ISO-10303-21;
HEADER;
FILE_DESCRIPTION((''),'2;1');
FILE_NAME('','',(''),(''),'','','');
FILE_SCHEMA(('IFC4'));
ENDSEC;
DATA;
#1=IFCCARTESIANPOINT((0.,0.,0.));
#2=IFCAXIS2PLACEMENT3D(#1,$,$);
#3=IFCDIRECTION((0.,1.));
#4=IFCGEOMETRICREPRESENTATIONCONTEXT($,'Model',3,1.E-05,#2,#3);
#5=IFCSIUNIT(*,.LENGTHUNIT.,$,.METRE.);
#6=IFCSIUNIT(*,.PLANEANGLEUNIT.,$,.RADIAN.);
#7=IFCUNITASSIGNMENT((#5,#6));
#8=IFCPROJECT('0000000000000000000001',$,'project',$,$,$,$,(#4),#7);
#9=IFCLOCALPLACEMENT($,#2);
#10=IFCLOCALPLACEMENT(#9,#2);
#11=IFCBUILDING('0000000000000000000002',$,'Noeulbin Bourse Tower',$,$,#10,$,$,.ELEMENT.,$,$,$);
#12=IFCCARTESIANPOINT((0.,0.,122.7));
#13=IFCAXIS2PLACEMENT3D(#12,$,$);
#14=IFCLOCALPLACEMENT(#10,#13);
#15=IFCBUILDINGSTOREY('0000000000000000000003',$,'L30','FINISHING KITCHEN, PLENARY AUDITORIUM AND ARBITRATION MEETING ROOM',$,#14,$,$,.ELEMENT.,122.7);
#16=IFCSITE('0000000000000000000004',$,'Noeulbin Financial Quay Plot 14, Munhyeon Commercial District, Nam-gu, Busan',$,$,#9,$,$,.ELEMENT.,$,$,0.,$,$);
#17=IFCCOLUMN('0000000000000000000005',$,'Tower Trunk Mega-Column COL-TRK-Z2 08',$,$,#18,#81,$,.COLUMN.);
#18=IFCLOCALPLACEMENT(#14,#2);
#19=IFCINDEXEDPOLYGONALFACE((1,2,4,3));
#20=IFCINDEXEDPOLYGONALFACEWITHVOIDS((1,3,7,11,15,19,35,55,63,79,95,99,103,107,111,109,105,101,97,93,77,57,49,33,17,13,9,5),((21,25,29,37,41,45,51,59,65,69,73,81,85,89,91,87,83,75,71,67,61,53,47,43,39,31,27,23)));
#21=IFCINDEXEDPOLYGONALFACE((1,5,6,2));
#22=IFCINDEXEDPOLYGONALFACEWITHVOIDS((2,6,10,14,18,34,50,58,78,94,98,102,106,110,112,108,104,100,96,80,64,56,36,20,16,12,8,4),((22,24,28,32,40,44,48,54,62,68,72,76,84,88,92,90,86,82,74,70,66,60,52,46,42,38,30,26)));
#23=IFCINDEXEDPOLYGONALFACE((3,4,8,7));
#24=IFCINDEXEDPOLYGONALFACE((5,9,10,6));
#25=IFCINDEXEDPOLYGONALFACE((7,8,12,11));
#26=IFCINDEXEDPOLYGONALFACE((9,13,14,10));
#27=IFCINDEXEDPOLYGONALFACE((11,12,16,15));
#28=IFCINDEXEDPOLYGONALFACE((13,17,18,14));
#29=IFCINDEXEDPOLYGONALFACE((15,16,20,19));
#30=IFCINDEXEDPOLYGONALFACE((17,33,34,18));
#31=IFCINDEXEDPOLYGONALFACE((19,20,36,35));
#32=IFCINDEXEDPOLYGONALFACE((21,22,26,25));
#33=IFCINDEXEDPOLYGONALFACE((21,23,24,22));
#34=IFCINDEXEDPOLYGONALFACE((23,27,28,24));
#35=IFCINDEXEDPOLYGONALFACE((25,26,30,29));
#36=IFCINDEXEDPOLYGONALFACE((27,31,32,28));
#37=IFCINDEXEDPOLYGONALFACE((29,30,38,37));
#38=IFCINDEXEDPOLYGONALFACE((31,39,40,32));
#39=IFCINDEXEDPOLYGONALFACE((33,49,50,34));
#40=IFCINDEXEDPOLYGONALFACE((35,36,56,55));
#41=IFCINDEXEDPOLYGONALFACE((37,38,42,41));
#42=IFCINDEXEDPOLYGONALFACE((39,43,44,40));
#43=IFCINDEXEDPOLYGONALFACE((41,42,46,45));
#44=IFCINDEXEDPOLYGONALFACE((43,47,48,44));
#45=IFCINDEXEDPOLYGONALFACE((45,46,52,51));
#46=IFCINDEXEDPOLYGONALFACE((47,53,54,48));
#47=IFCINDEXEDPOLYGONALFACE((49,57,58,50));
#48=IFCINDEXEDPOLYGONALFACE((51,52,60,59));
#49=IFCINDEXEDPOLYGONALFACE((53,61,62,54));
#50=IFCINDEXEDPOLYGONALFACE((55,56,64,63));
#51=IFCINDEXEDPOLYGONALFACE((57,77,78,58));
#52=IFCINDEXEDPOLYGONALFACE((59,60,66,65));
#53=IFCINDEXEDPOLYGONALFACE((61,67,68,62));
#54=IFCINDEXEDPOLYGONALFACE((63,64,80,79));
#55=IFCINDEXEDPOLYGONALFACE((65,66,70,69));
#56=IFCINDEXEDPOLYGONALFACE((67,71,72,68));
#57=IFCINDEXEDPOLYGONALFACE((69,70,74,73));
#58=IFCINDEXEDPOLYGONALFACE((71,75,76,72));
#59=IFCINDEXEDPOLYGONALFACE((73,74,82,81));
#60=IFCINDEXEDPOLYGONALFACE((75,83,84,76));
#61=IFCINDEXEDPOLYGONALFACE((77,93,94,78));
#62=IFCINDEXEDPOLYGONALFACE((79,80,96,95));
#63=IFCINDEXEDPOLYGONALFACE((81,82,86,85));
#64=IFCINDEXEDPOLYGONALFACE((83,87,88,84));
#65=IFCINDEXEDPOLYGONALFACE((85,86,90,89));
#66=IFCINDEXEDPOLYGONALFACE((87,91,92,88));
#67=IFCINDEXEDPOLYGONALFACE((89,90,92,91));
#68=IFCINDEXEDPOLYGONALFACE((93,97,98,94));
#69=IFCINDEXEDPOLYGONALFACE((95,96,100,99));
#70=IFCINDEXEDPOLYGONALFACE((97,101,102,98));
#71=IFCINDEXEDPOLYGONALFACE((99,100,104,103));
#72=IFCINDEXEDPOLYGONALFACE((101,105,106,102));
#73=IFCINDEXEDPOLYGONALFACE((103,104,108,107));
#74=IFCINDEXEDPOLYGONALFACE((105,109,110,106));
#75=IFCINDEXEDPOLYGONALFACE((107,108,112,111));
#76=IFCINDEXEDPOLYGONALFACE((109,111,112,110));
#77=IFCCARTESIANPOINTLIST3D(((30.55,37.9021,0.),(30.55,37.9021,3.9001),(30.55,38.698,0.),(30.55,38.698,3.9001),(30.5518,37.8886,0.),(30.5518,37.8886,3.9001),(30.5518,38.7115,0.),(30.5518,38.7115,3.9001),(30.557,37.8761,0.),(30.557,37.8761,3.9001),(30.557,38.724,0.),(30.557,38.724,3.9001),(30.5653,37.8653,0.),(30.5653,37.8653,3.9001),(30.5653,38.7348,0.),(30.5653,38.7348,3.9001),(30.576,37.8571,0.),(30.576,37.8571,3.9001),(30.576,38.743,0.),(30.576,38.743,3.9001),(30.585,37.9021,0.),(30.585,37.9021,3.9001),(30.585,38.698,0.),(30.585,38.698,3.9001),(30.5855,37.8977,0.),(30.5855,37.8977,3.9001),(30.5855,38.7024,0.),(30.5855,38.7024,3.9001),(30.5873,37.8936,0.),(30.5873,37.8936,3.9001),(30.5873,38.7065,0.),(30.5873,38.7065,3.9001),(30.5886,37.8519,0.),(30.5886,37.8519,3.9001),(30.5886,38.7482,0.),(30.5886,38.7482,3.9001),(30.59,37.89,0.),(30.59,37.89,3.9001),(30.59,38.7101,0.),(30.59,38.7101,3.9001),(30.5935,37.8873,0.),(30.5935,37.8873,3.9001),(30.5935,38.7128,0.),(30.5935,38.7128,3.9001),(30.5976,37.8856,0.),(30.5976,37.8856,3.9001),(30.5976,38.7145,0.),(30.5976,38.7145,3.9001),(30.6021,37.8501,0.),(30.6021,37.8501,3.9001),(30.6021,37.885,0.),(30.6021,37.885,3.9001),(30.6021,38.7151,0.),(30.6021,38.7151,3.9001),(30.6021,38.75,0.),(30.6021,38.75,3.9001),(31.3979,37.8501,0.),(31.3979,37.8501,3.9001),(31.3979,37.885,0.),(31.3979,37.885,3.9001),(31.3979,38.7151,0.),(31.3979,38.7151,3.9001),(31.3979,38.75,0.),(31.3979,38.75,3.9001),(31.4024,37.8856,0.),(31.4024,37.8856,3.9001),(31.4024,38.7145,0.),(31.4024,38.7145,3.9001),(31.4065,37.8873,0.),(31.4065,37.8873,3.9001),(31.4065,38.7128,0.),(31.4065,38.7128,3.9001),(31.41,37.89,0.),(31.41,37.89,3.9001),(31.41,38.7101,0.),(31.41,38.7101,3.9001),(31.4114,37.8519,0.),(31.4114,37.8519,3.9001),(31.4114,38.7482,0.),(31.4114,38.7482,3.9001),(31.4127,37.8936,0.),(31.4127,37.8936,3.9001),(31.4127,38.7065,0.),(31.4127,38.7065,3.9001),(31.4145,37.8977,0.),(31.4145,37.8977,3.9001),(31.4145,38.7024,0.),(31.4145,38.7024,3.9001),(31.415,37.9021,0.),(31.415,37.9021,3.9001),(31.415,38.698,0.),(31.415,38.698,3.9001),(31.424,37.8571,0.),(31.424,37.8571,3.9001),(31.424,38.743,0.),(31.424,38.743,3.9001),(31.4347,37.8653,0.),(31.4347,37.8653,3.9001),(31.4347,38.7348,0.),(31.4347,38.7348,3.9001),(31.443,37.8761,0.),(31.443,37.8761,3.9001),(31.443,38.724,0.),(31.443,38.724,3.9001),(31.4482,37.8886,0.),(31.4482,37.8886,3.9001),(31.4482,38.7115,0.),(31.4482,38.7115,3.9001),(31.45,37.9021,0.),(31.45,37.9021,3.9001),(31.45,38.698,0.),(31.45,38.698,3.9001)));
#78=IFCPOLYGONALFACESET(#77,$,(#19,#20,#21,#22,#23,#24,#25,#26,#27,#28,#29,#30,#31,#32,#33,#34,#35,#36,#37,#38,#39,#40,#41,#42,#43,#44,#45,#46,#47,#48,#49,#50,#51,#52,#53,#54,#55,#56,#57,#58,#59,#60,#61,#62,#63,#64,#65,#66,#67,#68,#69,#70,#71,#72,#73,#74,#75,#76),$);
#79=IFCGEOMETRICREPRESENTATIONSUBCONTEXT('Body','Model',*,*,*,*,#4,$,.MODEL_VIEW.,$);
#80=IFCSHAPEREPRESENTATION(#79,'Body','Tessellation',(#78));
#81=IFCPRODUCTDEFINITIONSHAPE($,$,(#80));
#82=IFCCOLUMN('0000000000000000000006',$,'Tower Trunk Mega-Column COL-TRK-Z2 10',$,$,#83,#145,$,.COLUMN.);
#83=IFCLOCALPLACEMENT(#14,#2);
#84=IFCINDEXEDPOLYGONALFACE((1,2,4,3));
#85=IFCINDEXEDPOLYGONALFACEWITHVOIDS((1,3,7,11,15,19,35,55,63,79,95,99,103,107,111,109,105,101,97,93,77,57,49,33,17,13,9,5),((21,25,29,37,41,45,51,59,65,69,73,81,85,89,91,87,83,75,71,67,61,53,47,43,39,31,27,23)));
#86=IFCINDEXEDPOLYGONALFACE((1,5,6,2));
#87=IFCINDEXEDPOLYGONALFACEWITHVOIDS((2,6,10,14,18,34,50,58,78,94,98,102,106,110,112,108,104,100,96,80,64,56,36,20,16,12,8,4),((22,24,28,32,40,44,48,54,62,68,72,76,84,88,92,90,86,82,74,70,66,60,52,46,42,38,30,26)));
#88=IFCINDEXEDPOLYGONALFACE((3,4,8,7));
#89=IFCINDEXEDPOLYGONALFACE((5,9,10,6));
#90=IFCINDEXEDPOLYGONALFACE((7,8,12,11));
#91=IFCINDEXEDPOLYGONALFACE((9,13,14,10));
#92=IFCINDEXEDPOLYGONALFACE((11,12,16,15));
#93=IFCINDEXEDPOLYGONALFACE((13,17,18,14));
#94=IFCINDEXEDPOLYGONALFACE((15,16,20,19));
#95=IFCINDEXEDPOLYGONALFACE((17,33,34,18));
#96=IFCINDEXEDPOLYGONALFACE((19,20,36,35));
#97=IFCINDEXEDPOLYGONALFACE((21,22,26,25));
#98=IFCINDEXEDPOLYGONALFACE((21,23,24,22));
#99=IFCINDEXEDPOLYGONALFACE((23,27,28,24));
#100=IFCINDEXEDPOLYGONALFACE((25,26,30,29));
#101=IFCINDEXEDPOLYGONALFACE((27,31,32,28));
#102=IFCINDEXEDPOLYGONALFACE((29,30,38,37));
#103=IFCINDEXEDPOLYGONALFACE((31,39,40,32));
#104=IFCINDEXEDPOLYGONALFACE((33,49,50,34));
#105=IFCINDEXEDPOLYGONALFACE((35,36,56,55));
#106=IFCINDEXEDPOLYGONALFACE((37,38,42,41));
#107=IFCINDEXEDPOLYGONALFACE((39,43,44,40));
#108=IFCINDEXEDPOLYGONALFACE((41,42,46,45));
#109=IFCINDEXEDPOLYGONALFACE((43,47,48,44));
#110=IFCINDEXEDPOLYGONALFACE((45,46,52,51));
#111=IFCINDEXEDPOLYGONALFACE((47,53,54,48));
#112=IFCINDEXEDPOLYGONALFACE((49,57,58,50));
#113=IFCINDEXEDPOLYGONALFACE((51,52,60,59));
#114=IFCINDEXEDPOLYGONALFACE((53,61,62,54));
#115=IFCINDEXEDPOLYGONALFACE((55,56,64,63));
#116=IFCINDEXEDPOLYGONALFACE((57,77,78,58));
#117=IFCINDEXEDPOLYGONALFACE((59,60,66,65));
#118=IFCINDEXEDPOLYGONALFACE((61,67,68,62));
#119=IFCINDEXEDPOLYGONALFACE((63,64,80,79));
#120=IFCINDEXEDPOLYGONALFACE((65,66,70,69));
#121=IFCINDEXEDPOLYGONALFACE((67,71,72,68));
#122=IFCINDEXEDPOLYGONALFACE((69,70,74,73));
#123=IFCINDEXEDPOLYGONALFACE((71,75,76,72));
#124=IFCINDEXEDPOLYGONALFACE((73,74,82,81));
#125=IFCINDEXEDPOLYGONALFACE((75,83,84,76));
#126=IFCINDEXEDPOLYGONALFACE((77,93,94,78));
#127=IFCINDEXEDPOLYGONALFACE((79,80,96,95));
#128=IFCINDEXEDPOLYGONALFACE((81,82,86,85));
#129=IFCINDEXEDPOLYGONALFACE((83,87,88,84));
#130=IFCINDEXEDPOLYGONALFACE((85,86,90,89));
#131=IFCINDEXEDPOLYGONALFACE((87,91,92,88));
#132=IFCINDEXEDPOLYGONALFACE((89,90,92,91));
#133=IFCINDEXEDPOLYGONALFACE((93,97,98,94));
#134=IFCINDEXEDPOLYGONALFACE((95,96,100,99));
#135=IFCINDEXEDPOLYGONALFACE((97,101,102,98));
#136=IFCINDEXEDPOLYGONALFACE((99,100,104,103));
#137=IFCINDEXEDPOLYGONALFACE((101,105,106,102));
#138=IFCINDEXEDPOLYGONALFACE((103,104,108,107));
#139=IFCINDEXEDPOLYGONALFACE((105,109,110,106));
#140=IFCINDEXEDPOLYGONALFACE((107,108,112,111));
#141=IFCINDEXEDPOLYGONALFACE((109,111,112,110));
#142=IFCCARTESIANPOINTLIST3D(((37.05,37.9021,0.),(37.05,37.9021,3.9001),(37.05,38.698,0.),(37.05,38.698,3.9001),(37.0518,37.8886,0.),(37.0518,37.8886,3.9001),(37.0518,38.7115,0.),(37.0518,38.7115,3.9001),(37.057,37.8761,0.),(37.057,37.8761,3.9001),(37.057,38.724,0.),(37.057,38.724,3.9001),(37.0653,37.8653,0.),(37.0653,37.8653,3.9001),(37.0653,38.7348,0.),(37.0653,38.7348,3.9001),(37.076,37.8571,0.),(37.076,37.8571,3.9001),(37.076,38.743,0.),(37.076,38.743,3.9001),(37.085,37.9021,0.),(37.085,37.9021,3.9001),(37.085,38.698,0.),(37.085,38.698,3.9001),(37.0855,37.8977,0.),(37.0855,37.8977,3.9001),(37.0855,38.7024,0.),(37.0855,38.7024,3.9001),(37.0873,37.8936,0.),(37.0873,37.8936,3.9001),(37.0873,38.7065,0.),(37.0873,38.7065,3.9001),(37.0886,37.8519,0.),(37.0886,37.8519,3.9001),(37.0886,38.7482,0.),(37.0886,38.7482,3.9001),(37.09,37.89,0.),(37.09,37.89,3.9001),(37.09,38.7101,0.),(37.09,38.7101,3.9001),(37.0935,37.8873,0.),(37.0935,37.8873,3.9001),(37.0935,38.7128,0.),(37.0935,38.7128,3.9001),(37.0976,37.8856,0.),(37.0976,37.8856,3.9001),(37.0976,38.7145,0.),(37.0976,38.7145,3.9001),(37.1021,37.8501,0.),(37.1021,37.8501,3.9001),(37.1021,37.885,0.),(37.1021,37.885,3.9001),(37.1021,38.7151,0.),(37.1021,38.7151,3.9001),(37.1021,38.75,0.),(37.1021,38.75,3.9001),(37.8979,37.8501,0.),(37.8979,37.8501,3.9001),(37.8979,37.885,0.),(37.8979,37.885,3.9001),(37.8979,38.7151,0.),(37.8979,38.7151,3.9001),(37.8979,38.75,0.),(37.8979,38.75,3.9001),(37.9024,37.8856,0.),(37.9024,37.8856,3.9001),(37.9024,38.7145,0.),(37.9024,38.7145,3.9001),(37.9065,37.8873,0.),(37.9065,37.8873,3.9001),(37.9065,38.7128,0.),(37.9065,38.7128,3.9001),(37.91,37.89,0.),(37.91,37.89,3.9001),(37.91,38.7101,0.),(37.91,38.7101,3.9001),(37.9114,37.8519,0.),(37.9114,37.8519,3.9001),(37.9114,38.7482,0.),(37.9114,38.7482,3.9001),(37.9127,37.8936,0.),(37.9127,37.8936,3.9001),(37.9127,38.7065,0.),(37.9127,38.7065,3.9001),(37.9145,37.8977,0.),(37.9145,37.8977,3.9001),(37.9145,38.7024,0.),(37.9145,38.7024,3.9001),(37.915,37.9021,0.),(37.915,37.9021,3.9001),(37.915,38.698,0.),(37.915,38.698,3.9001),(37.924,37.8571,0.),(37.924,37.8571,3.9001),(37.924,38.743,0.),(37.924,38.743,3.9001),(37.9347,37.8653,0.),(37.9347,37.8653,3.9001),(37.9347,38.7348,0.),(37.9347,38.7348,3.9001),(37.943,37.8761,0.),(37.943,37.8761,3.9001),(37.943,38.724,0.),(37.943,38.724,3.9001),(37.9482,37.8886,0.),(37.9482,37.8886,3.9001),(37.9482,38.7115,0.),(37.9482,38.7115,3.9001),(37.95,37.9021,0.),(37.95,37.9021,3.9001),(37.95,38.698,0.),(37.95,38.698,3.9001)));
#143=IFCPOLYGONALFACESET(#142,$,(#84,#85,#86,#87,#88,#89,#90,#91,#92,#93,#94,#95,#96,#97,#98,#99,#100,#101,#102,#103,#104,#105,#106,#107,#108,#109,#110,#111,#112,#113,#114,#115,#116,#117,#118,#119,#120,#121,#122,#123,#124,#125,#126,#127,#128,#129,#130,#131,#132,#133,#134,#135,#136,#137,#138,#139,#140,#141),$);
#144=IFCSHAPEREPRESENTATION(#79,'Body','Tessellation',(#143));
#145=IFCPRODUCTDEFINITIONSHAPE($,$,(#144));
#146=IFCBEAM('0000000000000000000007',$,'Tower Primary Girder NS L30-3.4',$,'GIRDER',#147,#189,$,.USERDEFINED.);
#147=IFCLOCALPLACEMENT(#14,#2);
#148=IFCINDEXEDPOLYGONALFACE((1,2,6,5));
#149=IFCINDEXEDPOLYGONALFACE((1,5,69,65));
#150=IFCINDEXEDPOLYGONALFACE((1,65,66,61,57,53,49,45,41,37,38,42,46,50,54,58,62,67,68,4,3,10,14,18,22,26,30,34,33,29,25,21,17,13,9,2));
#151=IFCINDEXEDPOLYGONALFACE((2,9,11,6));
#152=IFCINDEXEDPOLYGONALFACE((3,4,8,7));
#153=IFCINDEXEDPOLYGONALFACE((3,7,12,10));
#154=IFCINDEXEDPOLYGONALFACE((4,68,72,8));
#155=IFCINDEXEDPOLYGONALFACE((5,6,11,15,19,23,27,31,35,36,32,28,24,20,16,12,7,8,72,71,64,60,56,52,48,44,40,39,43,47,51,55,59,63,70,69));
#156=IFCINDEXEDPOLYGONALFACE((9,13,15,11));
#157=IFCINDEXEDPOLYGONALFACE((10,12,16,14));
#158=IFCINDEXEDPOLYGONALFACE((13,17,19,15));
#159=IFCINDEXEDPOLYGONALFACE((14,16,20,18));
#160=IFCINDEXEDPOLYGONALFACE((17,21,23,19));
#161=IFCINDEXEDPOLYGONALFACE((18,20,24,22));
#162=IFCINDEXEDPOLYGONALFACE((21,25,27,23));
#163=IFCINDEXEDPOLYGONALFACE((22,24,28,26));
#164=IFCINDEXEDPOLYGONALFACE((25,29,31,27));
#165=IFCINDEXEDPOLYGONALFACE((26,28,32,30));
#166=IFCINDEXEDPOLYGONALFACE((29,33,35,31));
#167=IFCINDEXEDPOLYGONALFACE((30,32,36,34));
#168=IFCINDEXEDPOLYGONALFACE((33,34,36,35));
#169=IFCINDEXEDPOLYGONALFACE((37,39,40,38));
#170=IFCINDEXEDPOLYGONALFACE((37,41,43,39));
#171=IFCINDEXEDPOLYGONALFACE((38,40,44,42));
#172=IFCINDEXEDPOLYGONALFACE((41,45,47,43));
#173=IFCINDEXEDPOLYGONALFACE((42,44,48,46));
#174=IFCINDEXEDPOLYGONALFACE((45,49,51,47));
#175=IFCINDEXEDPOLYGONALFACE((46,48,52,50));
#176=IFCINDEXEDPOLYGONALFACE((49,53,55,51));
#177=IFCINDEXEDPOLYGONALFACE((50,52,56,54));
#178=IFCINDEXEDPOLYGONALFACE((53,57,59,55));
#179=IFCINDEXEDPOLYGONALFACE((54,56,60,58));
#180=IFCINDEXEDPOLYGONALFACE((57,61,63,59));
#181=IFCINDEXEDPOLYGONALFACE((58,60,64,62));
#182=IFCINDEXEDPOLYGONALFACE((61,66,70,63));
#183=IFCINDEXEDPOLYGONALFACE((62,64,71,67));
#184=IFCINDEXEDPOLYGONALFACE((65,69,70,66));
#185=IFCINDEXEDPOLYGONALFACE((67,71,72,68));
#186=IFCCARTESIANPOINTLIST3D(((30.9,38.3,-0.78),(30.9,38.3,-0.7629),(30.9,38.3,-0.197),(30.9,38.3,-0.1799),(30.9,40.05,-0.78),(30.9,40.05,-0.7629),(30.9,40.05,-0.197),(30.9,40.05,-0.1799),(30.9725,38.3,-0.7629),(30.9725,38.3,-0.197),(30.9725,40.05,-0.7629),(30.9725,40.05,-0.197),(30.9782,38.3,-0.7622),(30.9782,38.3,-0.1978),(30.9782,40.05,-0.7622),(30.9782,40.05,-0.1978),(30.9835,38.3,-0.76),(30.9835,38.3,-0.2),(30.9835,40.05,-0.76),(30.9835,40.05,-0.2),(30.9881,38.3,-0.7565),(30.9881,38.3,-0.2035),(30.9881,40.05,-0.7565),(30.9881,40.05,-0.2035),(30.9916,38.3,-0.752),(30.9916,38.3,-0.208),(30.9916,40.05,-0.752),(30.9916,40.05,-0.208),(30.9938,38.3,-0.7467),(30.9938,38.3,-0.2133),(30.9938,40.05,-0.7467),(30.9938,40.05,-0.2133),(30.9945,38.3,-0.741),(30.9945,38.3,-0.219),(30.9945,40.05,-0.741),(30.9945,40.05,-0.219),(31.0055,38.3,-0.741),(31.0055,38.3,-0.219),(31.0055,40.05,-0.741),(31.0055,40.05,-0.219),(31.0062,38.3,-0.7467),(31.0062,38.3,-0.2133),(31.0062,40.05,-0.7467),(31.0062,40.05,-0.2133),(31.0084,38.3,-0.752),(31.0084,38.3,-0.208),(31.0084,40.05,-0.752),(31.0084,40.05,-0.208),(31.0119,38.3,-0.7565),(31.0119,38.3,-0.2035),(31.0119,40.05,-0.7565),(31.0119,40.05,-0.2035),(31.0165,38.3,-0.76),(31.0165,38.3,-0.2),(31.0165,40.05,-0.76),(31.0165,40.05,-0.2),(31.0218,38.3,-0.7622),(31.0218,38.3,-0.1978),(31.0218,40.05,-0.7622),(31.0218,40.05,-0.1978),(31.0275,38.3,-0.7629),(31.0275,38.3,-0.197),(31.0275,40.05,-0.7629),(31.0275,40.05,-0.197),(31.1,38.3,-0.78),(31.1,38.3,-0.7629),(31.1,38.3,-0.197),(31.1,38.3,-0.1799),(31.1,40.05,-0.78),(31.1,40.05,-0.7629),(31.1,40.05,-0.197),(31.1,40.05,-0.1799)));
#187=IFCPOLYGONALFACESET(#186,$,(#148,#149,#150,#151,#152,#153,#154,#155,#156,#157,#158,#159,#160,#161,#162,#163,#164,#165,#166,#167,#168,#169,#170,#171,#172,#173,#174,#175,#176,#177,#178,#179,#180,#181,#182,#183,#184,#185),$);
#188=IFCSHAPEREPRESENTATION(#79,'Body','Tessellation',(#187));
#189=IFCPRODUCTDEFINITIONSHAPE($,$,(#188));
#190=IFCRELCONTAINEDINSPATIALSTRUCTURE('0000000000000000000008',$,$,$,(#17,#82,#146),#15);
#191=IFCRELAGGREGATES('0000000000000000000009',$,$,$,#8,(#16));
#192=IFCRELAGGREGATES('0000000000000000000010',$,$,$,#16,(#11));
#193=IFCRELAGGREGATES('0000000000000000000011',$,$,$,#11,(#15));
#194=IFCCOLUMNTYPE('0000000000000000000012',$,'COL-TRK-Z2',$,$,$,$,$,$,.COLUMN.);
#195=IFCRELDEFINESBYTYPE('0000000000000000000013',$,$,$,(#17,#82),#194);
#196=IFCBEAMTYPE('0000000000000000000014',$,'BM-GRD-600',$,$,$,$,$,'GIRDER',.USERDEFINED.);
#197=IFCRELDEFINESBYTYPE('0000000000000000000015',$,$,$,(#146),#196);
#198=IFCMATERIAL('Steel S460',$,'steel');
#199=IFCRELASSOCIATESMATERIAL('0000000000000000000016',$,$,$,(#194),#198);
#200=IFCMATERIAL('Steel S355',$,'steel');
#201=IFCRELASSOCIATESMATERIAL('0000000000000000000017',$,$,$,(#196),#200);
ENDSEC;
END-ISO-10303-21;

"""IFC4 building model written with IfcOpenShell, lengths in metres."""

from ifc_helpers import new_model, si_unit, direction, frame, origin, origin_2d, place, context, subcontext, project, spatial, hollow_rectangle, i_section, extrude, material, material_profile, profile_set, type_object, element, save


model = new_model("IFC4")

# Units and contexts
model_context = context("Model", 3, precision=1e-05, world=origin(), true_north=direction((0.0, 1.0)))
body_context = subcontext(model_context, "Body", "Model", "MODEL_VIEW")
ifc_project = project(units=[si_unit("LENGTHUNIT", "METRE"), si_unit("PLANEANGLEUNIT", "RADIAN")], contexts=[model_context])

# Site, building, storey
site_placement = place(None, origin())
site = spatial("IfcSite", under=ifc_project, at=site_placement, Name="Noeulbin Financial Quay Plot 14, Munhyeon Commercial District, Nam-gu, Busan", CompositionType="ELEMENT", RefElevation=0.0)
building_placement = place(site_placement, origin())
building = spatial("IfcBuilding", under=site, at=building_placement, Name="Noeulbin Bourse Tower", CompositionType="ELEMENT")
storey_placement = place(building_placement, frame((0.0, 0.0, 122.7)))
storey = spatial("IfcBuildingStorey", under=building, at=storey_placement, Name="L30", Description="FINISHING KITCHEN, PLENARY AUDITORIUM AND ARBITRATION MEETING ROOM", CompositionType="ELEMENT", Elevation=122.7)

# Columns
ifc_material_1 = material(Name="Steel S460", Category="steel")
ifc_material_profile_1 = material_profile(ifc_material_1, hollow_rectangle(XDim=0.8999, YDim=0.8999, WallThickness=0.0349, InnerFilletRadius=0.0171, OuterFilletRadius=0.052, at=origin_2d()), Name="BOX-900x900x35", Category="LoadBearing")
ifc_profile_set_1 = profile_set([ifc_material_profile_1], Name="Steel S460")
column_type = type_object("IfcColumnType", Name="COL-TRK-Z2", PredefinedType="COLUMN", material=ifc_profile_set_1)
for number, where, z_axis, x_axis, name in (
    (1, (31.0, 38.3, 0.0), (0.0, 0.0, 1.0), (1.0, 0.0, 0.0), "Tower Trunk Mega-Column COL-TRK-Z2 08"),
    (2, (37.5, 38.3, 0.0), (0.0, 0.0, 1.0), (1.0, 0.0, 0.0), "Tower Trunk Mega-Column COL-TRK-Z2 10"),
):
    element("IfcColumn", number, at=place(storey_placement, frame(where, z_axis=z_axis, x_axis=x_axis)), inside=storey, type_object=column_type, Name=name, PredefinedType="COLUMN", context=body_context, shape_type="SweptSolid", body=[
        extrude(hollow_rectangle(XDim=0.8999, YDim=0.8999, WallThickness=0.0349, InnerFilletRadius=0.0171, OuterFilletRadius=0.052, at=origin_2d()), origin(), (0.0, 0.0, 1.0), 3.9001),
    ])

# Beam
ifc_material_2 = material(Name="Steel S355", Category="steel")
ifc_material_profile_2 = material_profile(ifc_material_2, i_section(OverallWidth=0.2, OverallDepth=0.6001, WebThickness=0.011, FlangeThickness=0.0171, FilletRadius=0.022, at=origin_2d()), Name="H-600x200x11x17", Category="LoadBearing")
ifc_profile_set_2 = profile_set([ifc_material_profile_2], Name="Steel S355")
beam_type = type_object("IfcBeamType", Name="BM-GRD-600", ElementType="GIRDER", PredefinedType="USERDEFINED", material=ifc_profile_set_2)
for number, where, z_axis, x_axis, name in (
    (3, (31.0, 38.3, -0.48), (0.0, 1.0, 0.0), (-1.0, 0.0, 0.0), "Tower Primary Girder NS L30-3.4"),
):
    element("IfcBeam", number, at=place(storey_placement, frame(where, z_axis=z_axis, x_axis=x_axis)), inside=storey, type_object=beam_type, Name=name, ObjectType="GIRDER", PredefinedType="USERDEFINED", context=body_context, shape_type="SweptSolid", body=[
        extrude(i_section(OverallWidth=0.2, OverallDepth=0.6001, WebThickness=0.011, FlangeThickness=0.0171, FilletRadius=0.022, at=origin_2d()), origin(), (0.0, 0.0, 1.0), 1.75),
    ])

save(model, "model.ifc")
